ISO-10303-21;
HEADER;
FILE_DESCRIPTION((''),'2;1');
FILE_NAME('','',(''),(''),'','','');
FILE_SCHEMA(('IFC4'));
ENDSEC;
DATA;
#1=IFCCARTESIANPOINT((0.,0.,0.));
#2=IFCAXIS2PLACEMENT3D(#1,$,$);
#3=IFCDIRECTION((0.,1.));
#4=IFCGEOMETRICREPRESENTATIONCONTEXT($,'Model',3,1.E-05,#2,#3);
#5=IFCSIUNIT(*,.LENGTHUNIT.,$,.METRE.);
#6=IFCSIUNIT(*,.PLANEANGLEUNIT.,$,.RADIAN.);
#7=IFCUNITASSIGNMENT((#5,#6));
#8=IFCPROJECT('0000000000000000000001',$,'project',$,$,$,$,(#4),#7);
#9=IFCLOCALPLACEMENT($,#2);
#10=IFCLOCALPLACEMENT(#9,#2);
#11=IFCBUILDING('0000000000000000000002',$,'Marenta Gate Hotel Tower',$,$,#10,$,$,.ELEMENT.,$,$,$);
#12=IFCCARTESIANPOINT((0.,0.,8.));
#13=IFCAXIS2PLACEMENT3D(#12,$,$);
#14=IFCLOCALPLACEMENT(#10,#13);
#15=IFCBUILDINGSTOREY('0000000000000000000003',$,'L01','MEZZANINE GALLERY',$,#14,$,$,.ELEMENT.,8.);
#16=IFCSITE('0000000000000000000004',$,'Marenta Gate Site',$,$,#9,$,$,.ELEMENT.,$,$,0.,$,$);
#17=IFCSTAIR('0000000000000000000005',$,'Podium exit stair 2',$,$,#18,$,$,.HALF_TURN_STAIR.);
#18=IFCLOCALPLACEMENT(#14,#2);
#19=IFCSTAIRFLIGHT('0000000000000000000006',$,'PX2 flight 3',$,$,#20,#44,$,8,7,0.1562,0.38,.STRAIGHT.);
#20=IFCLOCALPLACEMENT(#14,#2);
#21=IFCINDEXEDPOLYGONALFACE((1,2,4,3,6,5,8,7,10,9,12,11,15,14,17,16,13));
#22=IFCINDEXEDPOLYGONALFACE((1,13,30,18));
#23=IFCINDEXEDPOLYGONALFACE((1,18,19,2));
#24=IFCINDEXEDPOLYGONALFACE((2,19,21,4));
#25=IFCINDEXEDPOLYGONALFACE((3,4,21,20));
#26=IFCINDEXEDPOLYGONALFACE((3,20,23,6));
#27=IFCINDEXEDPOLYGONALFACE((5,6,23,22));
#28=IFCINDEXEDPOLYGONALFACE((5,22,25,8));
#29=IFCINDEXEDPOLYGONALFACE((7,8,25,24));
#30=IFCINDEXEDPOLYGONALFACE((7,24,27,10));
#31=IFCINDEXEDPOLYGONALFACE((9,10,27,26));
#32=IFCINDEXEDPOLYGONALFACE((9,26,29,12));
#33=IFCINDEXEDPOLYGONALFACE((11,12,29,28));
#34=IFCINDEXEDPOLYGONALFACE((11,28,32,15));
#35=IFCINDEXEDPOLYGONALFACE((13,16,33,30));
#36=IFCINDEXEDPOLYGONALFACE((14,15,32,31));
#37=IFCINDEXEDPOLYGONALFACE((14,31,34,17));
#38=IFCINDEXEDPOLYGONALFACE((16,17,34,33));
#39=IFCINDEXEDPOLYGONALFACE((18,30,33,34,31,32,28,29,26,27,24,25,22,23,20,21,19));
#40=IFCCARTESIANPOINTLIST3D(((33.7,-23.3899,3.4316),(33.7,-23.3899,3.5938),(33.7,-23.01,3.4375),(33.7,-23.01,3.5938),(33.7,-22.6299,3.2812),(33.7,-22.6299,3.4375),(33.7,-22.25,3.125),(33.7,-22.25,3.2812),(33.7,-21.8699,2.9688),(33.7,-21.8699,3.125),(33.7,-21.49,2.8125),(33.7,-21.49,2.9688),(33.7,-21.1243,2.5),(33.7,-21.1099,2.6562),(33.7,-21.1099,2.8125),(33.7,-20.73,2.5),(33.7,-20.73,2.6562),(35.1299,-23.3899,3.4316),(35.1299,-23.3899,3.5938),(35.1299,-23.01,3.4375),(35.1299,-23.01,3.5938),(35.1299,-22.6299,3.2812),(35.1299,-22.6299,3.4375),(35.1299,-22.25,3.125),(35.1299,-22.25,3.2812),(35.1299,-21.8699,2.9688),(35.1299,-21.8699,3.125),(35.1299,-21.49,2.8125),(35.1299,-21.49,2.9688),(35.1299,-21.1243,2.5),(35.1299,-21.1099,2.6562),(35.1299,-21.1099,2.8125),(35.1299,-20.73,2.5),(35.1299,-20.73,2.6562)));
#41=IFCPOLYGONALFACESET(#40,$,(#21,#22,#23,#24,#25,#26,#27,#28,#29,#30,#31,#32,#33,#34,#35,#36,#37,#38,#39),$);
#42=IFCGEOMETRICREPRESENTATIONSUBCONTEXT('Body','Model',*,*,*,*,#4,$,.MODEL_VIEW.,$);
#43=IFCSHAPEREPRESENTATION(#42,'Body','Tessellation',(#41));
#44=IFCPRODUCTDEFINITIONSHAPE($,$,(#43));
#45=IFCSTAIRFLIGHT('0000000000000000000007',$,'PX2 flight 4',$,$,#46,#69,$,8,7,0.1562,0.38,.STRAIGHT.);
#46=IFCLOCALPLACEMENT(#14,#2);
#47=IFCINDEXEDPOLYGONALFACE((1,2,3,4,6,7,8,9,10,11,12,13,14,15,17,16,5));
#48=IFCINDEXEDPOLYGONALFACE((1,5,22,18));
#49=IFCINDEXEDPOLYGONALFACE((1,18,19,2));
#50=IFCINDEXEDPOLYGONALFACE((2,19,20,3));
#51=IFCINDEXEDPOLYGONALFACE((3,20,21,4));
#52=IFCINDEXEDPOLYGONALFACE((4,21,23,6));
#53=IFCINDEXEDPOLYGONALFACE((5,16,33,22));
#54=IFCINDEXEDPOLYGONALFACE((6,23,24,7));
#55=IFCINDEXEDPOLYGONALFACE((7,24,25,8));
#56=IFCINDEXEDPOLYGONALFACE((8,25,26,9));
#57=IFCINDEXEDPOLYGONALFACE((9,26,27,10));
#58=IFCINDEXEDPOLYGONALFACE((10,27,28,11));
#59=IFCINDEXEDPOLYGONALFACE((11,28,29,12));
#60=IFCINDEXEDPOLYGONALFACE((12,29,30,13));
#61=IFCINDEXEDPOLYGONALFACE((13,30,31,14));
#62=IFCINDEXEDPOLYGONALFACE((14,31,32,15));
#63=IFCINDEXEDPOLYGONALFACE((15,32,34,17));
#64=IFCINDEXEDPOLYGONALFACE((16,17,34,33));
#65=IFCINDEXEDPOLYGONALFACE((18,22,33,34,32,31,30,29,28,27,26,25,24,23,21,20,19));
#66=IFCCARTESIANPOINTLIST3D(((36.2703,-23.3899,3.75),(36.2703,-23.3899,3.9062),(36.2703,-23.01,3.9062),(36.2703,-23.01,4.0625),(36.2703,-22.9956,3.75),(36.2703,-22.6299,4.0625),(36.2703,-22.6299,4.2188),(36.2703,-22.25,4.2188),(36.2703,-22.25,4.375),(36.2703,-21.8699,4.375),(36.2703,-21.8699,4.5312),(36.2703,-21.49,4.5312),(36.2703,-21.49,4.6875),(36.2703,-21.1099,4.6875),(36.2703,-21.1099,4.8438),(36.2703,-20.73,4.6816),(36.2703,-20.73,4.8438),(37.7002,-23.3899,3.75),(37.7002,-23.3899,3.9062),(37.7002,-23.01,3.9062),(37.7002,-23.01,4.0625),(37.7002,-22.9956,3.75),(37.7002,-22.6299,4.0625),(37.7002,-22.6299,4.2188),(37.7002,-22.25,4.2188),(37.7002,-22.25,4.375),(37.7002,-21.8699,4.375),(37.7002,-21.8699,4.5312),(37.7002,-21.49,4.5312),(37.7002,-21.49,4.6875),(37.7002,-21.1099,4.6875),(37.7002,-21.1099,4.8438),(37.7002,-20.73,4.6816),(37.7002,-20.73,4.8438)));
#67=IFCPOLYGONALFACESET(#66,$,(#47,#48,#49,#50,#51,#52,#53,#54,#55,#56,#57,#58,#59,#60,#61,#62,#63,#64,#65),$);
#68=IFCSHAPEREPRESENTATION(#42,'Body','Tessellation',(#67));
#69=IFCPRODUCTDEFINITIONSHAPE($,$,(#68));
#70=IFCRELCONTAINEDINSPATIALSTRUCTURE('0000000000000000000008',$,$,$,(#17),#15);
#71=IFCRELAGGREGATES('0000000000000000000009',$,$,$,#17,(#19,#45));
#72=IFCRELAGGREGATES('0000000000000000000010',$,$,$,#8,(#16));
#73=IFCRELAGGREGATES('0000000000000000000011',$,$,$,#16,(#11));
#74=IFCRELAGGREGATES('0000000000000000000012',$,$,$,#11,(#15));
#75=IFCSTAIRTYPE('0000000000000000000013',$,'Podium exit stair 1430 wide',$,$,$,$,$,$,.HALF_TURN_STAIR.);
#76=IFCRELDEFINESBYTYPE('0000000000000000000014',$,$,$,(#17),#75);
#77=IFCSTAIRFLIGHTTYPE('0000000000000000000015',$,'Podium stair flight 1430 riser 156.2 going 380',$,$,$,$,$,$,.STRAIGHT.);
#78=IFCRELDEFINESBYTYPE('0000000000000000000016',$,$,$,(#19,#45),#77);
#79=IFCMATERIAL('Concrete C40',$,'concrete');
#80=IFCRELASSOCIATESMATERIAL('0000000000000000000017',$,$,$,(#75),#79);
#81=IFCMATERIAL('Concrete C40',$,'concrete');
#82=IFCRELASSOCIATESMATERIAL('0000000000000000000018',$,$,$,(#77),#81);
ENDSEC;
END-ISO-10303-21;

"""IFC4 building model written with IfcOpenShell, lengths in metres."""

from ifc_helpers import new_model, si_unit, direction, frame, origin, place, context, subcontext, project, spatial, polyline, outline, extrude, material, type_object, element, aggregate, save


model = new_model("IFC4")

# Units and contexts
model_context = context("Model", 3, precision=1e-05, world=origin(), true_north=direction((0.0, 1.0)))
body_context = subcontext(model_context, "Body", "Model", "MODEL_VIEW")
ifc_project = project(units=[si_unit("LENGTHUNIT", "METRE"), si_unit("PLANEANGLEUNIT", "RADIAN")], contexts=[model_context])

# Site, building, storey
site_placement = place(None, origin())
site = spatial("IfcSite", under=ifc_project, at=site_placement, Name="Marenta Gate Site", CompositionType="ELEMENT", RefElevation=0.0)
building_placement = place(site_placement, origin())
building = spatial("IfcBuilding", under=site, at=building_placement, Name="Marenta Gate Hotel Tower", CompositionType="ELEMENT")
storey_placement = place(building_placement, frame((0.0, 0.0, 8.0)))
storey = spatial("IfcBuildingStorey", under=building, at=storey_placement, Name="L01", Description="MEZZANINE GALLERY", CompositionType="ELEMENT", Elevation=8.0)

# Stair, stair flights
ifc_material_1 = material(Name="Concrete C40", Category="concrete")
stair_type = type_object("IfcStairType", Name="Podium exit stair 1430 wide", PredefinedType="HALF_TURN_STAIR", material=ifc_material_1)
stair_placement = place(storey_placement, origin())
stair = element("IfcStair", 1, at=stair_placement, inside=storey, type_object=stair_type, Name="Podium exit stair 2", PredefinedType="HALF_TURN_STAIR")
ifc_material_2 = material(Name="Concrete C40", Category="concrete")
stair_flight_type = type_object("IfcStairFlightType", Name="Podium stair flight 1430 riser 156.2 going 380", PredefinedType="STRAIGHT", material=ifc_material_2)
stair_flight_1_placement = place(storey_placement, frame((34.415, -20.73, 2.5), z_axis=(0.0, 0.0, 1.0), x_axis=(0.0, -1.0, 0.0)))
stair_flight_1 = element("IfcStairFlight", 2, at=stair_flight_1_placement, type_object=stair_flight_type, Name="PX2 flight 3", NumberOfRisers=8, NumberOfTreads=7, PredefinedType="STRAIGHT", RiserHeight=0.1562, TreadLength=0.38, context=body_context, shape_type="SweptSolid", body=[
    extrude(outline(polyline([(0.0, 0.0), (0.0, 0.1562), (0.3799, 0.1562), (0.3799, 0.3125), (0.76, 0.3125), (0.76, 0.4688), (1.1399, 0.4688), (1.1399, 0.625), (1.52, 0.625), (1.52, 0.7812), (1.8999, 0.7812), (1.8999, 0.9375), (2.28, 0.9375), (2.28, 1.0938), (2.6599, 1.0938), (2.6599, 1.25), (2.6599, 0.9316), (0.3943, 0.0), (0.0, 0.0)])), frame((0.0, 0.7148, 0.0), z_axis=(0.0, -1.0, 0.0), x_axis=(1.0, 0.0, 0.0)), (0.0, 0.0, 1.0), 1.4299),
])
stair_flight_2_placement = place(storey_placement, frame((36.9851, -23.3899, 3.75), z_axis=(0.0, 0.0, 1.0), x_axis=(0.0, 1.0, 0.0)))
stair_flight_2 = element("IfcStairFlight", 3, at=stair_flight_2_placement, type_object=stair_flight_type, Name="PX2 flight 4", NumberOfRisers=8, NumberOfTreads=7, PredefinedType="STRAIGHT", RiserHeight=0.1562, TreadLength=0.38, context=body_context, shape_type="SweptSolid", body=[
    extrude(outline(polyline([(0.0, 0.0), (0.0, 0.1562), (0.3799, 0.1562), (0.3799, 0.3125), (0.76, 0.3125), (0.76, 0.4688), (1.1399, 0.4688), (1.1399, 0.625), (1.52, 0.625), (1.52, 0.7812), (1.8999, 0.7812), (1.8999, 0.9375), (2.28, 0.9375), (2.28, 1.0938), (2.6599, 1.0938), (2.6599, 1.25), (2.6599, 0.9316), (0.3943, 0.0), (0.0, 0.0)])), frame((0.0, 0.7148, 0.0), z_axis=(0.0, -1.0, 0.0), x_axis=(1.0, 0.0, 0.0)), (0.0, 0.0, 1.0), 1.4299),
])
aggregate(stair, [stair_flight_1, stair_flight_2])

save(model, "model.ifc")
